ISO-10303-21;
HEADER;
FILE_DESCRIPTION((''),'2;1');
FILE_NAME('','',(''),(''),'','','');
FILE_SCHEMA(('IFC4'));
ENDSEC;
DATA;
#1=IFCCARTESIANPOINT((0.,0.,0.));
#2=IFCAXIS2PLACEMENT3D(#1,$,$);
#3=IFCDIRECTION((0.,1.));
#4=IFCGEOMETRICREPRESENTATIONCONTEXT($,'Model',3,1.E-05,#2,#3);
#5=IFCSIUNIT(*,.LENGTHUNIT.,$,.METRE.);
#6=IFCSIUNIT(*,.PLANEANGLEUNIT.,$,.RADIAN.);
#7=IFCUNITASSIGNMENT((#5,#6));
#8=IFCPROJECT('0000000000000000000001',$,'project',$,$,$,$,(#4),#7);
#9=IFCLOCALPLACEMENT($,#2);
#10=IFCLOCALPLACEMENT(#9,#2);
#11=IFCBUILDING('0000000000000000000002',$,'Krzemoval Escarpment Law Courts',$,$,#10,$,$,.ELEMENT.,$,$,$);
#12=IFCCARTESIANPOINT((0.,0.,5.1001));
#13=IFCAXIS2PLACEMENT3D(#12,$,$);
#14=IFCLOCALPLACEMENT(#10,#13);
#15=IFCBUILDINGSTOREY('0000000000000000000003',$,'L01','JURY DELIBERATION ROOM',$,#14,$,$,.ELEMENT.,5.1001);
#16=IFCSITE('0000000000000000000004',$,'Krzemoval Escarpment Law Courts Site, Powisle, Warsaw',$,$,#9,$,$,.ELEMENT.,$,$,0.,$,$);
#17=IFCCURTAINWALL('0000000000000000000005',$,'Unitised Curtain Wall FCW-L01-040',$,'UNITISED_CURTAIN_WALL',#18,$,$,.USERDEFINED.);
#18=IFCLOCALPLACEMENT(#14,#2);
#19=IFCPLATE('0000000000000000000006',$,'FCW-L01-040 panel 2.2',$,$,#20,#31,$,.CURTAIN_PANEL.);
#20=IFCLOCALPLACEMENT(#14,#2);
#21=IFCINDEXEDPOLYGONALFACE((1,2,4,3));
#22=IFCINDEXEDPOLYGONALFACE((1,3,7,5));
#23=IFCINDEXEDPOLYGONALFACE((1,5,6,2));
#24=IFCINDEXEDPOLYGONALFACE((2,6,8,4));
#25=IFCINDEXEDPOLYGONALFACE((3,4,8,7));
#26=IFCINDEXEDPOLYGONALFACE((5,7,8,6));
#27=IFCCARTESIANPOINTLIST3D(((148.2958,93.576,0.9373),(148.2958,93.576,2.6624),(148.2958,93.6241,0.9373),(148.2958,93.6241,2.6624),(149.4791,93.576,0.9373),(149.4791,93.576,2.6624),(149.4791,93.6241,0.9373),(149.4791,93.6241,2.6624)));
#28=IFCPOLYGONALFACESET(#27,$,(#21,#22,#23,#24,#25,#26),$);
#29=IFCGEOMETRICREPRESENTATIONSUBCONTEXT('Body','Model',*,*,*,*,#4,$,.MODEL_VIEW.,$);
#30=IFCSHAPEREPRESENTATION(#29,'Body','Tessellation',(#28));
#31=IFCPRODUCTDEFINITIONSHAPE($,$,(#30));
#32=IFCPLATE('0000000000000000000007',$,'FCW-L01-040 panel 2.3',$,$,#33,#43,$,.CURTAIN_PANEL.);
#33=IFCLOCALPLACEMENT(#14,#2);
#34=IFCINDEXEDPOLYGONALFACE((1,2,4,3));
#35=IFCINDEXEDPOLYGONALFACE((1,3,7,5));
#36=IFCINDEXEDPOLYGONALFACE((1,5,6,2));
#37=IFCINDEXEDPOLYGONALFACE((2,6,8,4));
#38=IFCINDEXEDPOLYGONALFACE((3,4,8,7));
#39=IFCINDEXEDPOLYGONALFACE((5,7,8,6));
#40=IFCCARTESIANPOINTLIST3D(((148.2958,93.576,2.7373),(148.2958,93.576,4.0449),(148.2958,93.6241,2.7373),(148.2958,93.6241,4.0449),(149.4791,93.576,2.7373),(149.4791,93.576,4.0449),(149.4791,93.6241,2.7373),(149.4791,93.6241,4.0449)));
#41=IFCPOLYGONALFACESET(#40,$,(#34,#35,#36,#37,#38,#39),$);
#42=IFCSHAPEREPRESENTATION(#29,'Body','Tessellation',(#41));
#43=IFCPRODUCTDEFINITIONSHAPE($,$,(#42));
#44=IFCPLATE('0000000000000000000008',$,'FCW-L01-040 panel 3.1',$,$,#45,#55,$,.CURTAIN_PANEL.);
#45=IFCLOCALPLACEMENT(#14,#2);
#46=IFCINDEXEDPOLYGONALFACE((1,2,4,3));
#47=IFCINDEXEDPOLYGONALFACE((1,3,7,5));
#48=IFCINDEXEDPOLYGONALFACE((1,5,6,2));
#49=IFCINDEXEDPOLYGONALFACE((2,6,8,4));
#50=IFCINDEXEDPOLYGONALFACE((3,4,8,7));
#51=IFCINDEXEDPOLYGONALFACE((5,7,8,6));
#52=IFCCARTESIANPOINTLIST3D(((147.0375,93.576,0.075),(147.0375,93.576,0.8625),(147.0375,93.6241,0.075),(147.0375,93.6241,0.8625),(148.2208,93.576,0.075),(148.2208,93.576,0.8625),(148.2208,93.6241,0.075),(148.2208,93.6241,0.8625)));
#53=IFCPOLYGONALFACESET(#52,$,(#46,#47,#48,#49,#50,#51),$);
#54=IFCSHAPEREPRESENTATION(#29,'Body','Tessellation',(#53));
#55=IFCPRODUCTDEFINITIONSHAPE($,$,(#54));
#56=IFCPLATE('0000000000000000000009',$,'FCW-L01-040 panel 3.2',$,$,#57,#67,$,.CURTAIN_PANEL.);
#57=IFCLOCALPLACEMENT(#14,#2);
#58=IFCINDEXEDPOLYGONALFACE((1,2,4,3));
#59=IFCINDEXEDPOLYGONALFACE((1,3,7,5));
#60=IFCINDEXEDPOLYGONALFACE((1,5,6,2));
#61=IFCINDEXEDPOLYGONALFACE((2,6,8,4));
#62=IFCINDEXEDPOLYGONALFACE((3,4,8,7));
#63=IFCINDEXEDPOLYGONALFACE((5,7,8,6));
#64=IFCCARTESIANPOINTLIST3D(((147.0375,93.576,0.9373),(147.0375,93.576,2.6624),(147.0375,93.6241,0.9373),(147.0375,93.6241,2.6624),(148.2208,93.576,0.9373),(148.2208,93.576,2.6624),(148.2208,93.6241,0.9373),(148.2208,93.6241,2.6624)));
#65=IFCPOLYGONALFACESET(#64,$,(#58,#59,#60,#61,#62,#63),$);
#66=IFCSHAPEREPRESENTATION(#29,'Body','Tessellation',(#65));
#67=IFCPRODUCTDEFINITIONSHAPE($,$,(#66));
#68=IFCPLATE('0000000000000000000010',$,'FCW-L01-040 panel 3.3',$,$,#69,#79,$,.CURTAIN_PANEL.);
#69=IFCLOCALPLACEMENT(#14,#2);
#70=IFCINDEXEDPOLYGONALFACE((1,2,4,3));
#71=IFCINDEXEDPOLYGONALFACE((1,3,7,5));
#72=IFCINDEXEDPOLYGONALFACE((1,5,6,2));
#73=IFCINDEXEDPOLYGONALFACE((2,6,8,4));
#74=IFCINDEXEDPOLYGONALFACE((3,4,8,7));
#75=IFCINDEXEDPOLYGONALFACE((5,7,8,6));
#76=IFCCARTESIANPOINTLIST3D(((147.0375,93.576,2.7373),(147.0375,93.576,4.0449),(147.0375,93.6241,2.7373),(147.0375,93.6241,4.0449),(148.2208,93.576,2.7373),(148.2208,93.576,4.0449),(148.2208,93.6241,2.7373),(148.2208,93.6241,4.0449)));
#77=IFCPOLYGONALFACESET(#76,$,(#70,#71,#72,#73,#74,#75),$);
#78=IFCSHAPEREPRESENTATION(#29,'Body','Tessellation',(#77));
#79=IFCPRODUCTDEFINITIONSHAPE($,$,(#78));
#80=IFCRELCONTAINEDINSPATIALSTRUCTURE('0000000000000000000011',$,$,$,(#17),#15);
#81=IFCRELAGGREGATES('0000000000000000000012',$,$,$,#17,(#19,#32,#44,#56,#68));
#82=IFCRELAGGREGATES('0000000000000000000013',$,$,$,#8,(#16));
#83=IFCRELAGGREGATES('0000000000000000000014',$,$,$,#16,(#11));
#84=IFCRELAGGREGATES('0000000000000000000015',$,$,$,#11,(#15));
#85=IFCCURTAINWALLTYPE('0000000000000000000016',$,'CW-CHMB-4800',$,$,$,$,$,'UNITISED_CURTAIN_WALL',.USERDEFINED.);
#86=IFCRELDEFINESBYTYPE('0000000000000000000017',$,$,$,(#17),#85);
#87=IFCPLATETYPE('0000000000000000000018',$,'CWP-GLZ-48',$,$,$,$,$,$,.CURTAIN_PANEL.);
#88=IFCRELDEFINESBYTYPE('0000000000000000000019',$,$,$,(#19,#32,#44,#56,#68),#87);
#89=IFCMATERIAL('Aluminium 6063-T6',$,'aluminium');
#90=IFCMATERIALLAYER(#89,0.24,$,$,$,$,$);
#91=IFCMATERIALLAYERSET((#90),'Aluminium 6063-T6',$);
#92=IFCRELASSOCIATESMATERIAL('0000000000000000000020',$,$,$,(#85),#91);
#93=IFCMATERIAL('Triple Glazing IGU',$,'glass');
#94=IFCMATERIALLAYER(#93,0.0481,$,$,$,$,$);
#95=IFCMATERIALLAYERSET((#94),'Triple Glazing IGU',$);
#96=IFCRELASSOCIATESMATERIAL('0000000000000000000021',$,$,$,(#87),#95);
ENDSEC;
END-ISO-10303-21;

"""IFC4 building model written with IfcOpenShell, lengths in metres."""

from ifc_helpers import new_model, si_unit, direction, frame, origin, origin_2d, place, context, subcontext, project, spatial, rectangle, extrude, material, layer, layer_set, type_object, element, aggregate, save


model = new_model("IFC4")

# Units and contexts
model_context = context("Model", 3, precision=1e-05, world=origin(), true_north=direction((0.0, 1.0)))
body_context = subcontext(model_context, "Body", "Model", "MODEL_VIEW")
ifc_project = project(units=[si_unit("LENGTHUNIT", "METRE"), si_unit("PLANEANGLEUNIT", "RADIAN")], contexts=[model_context])

# Site, building, storey
site_placement = place(None, origin())
site = spatial("IfcSite", under=ifc_project, at=site_placement, Name="Krzemoval Escarpment Law Courts Site, Powisle, Warsaw", CompositionType="ELEMENT", RefElevation=0.0)
building_placement = place(site_placement, origin())
building = spatial("IfcBuilding", under=site, at=building_placement, Name="Krzemoval Escarpment Law Courts", CompositionType="ELEMENT")
storey_placement = place(building_placement, frame((0.0, 0.0, 5.1001)))
storey = spatial("IfcBuildingStorey", under=building, at=storey_placement, Name="L01", Description="JURY DELIBERATION ROOM", CompositionType="ELEMENT", Elevation=5.1001)

# Curtain wall, plates
ifc_material_1 = material(Name="Aluminium 6063-T6", Category="aluminium")
ifc_layer_1 = layer(ifc_material_1, 0.24)
ifc_layer_set_1 = layer_set([ifc_layer_1], Name="Aluminium 6063-T6")
curtain_wall_type = type_object("IfcCurtainWallType", Name="CW-CHMB-4800", ElementType="UNITISED_CURTAIN_WALL", PredefinedType="USERDEFINED", material=ifc_layer_set_1)
curtain_wall_placement = place(storey_placement, origin())
curtain_wall = element("IfcCurtainWall", 1, at=curtain_wall_placement, inside=storey, type_object=curtain_wall_type, Name="Unitised Curtain Wall FCW-L01-040", ObjectType="UNITISED_CURTAIN_WALL", PredefinedType="USERDEFINED")
ifc_material_2 = material(Name="Triple Glazing IGU", Category="glass")
ifc_layer_2 = layer(ifc_material_2, 0.0481)
ifc_layer_set_2 = layer_set([ifc_layer_2], Name="Triple Glazing IGU")
plate_type = type_object("IfcPlateType", Name="CWP-GLZ-48", PredefinedType="CURTAIN_PANEL", material=ifc_layer_set_2)
plate_1_placement = place(storey_placement, frame((148.8875, 93.6001, 0.9373), z_axis=(0.0, 0.0, 1.0), x_axis=(-1.0, 0.0, 0.0)))
plate_1 = element("IfcPlate", 2, at=plate_1_placement, type_object=plate_type, Name="FCW-L01-040 panel 2.2", PredefinedType="CURTAIN_PANEL", context=body_context, shape_type="SweptSolid", body=[
    extrude(rectangle(XDim=1.1833, YDim=0.0481, at=origin_2d()), origin(), (0.0, 0.0, 1.0), 1.7251),
])
plate_2_placement = place(storey_placement, frame((148.8875, 93.6001, 2.7373), z_axis=(0.0, 0.0, 1.0), x_axis=(-1.0, 0.0, 0.0)))
plate_2 = element("IfcPlate", 3, at=plate_2_placement, type_object=plate_type, Name="FCW-L01-040 panel 2.3", PredefinedType="CURTAIN_PANEL", context=body_context, shape_type="SweptSolid", body=[
    extrude(rectangle(XDim=1.1833, YDim=0.0481, at=origin_2d()), origin(), (0.0, 0.0, 1.0), 1.3076),
])
plate_3_placement = place(storey_placement, frame((147.6292, 93.6001, 0.075), z_axis=(0.0, 0.0, 1.0), x_axis=(-1.0, 0.0, 0.0)))
plate_3 = element("IfcPlate", 4, at=plate_3_placement, type_object=plate_type, Name="FCW-L01-040 panel 3.1", PredefinedType="CURTAIN_PANEL", context=body_context, shape_type="SweptSolid", body=[
    extrude(rectangle(XDim=1.1833, YDim=0.0481, at=origin_2d()), origin(), (0.0, 0.0, 1.0), 0.7876),
])
plate_4_placement = place(storey_placement, frame((147.6292, 93.6001, 0.9373), z_axis=(0.0, 0.0, 1.0), x_axis=(-1.0, 0.0, 0.0)))
plate_4 = element("IfcPlate", 5, at=plate_4_placement, type_object=plate_type, Name="FCW-L01-040 panel 3.2", PredefinedType="CURTAIN_PANEL", context=body_context, shape_type="SweptSolid", body=[
    extrude(rectangle(XDim=1.1833, YDim=0.0481, at=origin_2d()), origin(), (0.0, 0.0, 1.0), 1.7251),
])
plate_5_placement = place(storey_placement, frame((147.6292, 93.6001, 2.7373), z_axis=(0.0, 0.0, 1.0), x_axis=(-1.0, 0.0, 0.0)))
plate_5 = element("IfcPlate", 6, at=plate_5_placement, type_object=plate_type, Name="FCW-L01-040 panel 3.3", PredefinedType="CURTAIN_PANEL", context=body_context, shape_type="SweptSolid", body=[
    extrude(rectangle(XDim=1.1833, YDim=0.0481, at=origin_2d()), origin(), (0.0, 0.0, 1.0), 1.3076),
])
aggregate(curtain_wall, [plate_1, plate_2, plate_3, plate_4, plate_5])

save(model, "model.ifc")
